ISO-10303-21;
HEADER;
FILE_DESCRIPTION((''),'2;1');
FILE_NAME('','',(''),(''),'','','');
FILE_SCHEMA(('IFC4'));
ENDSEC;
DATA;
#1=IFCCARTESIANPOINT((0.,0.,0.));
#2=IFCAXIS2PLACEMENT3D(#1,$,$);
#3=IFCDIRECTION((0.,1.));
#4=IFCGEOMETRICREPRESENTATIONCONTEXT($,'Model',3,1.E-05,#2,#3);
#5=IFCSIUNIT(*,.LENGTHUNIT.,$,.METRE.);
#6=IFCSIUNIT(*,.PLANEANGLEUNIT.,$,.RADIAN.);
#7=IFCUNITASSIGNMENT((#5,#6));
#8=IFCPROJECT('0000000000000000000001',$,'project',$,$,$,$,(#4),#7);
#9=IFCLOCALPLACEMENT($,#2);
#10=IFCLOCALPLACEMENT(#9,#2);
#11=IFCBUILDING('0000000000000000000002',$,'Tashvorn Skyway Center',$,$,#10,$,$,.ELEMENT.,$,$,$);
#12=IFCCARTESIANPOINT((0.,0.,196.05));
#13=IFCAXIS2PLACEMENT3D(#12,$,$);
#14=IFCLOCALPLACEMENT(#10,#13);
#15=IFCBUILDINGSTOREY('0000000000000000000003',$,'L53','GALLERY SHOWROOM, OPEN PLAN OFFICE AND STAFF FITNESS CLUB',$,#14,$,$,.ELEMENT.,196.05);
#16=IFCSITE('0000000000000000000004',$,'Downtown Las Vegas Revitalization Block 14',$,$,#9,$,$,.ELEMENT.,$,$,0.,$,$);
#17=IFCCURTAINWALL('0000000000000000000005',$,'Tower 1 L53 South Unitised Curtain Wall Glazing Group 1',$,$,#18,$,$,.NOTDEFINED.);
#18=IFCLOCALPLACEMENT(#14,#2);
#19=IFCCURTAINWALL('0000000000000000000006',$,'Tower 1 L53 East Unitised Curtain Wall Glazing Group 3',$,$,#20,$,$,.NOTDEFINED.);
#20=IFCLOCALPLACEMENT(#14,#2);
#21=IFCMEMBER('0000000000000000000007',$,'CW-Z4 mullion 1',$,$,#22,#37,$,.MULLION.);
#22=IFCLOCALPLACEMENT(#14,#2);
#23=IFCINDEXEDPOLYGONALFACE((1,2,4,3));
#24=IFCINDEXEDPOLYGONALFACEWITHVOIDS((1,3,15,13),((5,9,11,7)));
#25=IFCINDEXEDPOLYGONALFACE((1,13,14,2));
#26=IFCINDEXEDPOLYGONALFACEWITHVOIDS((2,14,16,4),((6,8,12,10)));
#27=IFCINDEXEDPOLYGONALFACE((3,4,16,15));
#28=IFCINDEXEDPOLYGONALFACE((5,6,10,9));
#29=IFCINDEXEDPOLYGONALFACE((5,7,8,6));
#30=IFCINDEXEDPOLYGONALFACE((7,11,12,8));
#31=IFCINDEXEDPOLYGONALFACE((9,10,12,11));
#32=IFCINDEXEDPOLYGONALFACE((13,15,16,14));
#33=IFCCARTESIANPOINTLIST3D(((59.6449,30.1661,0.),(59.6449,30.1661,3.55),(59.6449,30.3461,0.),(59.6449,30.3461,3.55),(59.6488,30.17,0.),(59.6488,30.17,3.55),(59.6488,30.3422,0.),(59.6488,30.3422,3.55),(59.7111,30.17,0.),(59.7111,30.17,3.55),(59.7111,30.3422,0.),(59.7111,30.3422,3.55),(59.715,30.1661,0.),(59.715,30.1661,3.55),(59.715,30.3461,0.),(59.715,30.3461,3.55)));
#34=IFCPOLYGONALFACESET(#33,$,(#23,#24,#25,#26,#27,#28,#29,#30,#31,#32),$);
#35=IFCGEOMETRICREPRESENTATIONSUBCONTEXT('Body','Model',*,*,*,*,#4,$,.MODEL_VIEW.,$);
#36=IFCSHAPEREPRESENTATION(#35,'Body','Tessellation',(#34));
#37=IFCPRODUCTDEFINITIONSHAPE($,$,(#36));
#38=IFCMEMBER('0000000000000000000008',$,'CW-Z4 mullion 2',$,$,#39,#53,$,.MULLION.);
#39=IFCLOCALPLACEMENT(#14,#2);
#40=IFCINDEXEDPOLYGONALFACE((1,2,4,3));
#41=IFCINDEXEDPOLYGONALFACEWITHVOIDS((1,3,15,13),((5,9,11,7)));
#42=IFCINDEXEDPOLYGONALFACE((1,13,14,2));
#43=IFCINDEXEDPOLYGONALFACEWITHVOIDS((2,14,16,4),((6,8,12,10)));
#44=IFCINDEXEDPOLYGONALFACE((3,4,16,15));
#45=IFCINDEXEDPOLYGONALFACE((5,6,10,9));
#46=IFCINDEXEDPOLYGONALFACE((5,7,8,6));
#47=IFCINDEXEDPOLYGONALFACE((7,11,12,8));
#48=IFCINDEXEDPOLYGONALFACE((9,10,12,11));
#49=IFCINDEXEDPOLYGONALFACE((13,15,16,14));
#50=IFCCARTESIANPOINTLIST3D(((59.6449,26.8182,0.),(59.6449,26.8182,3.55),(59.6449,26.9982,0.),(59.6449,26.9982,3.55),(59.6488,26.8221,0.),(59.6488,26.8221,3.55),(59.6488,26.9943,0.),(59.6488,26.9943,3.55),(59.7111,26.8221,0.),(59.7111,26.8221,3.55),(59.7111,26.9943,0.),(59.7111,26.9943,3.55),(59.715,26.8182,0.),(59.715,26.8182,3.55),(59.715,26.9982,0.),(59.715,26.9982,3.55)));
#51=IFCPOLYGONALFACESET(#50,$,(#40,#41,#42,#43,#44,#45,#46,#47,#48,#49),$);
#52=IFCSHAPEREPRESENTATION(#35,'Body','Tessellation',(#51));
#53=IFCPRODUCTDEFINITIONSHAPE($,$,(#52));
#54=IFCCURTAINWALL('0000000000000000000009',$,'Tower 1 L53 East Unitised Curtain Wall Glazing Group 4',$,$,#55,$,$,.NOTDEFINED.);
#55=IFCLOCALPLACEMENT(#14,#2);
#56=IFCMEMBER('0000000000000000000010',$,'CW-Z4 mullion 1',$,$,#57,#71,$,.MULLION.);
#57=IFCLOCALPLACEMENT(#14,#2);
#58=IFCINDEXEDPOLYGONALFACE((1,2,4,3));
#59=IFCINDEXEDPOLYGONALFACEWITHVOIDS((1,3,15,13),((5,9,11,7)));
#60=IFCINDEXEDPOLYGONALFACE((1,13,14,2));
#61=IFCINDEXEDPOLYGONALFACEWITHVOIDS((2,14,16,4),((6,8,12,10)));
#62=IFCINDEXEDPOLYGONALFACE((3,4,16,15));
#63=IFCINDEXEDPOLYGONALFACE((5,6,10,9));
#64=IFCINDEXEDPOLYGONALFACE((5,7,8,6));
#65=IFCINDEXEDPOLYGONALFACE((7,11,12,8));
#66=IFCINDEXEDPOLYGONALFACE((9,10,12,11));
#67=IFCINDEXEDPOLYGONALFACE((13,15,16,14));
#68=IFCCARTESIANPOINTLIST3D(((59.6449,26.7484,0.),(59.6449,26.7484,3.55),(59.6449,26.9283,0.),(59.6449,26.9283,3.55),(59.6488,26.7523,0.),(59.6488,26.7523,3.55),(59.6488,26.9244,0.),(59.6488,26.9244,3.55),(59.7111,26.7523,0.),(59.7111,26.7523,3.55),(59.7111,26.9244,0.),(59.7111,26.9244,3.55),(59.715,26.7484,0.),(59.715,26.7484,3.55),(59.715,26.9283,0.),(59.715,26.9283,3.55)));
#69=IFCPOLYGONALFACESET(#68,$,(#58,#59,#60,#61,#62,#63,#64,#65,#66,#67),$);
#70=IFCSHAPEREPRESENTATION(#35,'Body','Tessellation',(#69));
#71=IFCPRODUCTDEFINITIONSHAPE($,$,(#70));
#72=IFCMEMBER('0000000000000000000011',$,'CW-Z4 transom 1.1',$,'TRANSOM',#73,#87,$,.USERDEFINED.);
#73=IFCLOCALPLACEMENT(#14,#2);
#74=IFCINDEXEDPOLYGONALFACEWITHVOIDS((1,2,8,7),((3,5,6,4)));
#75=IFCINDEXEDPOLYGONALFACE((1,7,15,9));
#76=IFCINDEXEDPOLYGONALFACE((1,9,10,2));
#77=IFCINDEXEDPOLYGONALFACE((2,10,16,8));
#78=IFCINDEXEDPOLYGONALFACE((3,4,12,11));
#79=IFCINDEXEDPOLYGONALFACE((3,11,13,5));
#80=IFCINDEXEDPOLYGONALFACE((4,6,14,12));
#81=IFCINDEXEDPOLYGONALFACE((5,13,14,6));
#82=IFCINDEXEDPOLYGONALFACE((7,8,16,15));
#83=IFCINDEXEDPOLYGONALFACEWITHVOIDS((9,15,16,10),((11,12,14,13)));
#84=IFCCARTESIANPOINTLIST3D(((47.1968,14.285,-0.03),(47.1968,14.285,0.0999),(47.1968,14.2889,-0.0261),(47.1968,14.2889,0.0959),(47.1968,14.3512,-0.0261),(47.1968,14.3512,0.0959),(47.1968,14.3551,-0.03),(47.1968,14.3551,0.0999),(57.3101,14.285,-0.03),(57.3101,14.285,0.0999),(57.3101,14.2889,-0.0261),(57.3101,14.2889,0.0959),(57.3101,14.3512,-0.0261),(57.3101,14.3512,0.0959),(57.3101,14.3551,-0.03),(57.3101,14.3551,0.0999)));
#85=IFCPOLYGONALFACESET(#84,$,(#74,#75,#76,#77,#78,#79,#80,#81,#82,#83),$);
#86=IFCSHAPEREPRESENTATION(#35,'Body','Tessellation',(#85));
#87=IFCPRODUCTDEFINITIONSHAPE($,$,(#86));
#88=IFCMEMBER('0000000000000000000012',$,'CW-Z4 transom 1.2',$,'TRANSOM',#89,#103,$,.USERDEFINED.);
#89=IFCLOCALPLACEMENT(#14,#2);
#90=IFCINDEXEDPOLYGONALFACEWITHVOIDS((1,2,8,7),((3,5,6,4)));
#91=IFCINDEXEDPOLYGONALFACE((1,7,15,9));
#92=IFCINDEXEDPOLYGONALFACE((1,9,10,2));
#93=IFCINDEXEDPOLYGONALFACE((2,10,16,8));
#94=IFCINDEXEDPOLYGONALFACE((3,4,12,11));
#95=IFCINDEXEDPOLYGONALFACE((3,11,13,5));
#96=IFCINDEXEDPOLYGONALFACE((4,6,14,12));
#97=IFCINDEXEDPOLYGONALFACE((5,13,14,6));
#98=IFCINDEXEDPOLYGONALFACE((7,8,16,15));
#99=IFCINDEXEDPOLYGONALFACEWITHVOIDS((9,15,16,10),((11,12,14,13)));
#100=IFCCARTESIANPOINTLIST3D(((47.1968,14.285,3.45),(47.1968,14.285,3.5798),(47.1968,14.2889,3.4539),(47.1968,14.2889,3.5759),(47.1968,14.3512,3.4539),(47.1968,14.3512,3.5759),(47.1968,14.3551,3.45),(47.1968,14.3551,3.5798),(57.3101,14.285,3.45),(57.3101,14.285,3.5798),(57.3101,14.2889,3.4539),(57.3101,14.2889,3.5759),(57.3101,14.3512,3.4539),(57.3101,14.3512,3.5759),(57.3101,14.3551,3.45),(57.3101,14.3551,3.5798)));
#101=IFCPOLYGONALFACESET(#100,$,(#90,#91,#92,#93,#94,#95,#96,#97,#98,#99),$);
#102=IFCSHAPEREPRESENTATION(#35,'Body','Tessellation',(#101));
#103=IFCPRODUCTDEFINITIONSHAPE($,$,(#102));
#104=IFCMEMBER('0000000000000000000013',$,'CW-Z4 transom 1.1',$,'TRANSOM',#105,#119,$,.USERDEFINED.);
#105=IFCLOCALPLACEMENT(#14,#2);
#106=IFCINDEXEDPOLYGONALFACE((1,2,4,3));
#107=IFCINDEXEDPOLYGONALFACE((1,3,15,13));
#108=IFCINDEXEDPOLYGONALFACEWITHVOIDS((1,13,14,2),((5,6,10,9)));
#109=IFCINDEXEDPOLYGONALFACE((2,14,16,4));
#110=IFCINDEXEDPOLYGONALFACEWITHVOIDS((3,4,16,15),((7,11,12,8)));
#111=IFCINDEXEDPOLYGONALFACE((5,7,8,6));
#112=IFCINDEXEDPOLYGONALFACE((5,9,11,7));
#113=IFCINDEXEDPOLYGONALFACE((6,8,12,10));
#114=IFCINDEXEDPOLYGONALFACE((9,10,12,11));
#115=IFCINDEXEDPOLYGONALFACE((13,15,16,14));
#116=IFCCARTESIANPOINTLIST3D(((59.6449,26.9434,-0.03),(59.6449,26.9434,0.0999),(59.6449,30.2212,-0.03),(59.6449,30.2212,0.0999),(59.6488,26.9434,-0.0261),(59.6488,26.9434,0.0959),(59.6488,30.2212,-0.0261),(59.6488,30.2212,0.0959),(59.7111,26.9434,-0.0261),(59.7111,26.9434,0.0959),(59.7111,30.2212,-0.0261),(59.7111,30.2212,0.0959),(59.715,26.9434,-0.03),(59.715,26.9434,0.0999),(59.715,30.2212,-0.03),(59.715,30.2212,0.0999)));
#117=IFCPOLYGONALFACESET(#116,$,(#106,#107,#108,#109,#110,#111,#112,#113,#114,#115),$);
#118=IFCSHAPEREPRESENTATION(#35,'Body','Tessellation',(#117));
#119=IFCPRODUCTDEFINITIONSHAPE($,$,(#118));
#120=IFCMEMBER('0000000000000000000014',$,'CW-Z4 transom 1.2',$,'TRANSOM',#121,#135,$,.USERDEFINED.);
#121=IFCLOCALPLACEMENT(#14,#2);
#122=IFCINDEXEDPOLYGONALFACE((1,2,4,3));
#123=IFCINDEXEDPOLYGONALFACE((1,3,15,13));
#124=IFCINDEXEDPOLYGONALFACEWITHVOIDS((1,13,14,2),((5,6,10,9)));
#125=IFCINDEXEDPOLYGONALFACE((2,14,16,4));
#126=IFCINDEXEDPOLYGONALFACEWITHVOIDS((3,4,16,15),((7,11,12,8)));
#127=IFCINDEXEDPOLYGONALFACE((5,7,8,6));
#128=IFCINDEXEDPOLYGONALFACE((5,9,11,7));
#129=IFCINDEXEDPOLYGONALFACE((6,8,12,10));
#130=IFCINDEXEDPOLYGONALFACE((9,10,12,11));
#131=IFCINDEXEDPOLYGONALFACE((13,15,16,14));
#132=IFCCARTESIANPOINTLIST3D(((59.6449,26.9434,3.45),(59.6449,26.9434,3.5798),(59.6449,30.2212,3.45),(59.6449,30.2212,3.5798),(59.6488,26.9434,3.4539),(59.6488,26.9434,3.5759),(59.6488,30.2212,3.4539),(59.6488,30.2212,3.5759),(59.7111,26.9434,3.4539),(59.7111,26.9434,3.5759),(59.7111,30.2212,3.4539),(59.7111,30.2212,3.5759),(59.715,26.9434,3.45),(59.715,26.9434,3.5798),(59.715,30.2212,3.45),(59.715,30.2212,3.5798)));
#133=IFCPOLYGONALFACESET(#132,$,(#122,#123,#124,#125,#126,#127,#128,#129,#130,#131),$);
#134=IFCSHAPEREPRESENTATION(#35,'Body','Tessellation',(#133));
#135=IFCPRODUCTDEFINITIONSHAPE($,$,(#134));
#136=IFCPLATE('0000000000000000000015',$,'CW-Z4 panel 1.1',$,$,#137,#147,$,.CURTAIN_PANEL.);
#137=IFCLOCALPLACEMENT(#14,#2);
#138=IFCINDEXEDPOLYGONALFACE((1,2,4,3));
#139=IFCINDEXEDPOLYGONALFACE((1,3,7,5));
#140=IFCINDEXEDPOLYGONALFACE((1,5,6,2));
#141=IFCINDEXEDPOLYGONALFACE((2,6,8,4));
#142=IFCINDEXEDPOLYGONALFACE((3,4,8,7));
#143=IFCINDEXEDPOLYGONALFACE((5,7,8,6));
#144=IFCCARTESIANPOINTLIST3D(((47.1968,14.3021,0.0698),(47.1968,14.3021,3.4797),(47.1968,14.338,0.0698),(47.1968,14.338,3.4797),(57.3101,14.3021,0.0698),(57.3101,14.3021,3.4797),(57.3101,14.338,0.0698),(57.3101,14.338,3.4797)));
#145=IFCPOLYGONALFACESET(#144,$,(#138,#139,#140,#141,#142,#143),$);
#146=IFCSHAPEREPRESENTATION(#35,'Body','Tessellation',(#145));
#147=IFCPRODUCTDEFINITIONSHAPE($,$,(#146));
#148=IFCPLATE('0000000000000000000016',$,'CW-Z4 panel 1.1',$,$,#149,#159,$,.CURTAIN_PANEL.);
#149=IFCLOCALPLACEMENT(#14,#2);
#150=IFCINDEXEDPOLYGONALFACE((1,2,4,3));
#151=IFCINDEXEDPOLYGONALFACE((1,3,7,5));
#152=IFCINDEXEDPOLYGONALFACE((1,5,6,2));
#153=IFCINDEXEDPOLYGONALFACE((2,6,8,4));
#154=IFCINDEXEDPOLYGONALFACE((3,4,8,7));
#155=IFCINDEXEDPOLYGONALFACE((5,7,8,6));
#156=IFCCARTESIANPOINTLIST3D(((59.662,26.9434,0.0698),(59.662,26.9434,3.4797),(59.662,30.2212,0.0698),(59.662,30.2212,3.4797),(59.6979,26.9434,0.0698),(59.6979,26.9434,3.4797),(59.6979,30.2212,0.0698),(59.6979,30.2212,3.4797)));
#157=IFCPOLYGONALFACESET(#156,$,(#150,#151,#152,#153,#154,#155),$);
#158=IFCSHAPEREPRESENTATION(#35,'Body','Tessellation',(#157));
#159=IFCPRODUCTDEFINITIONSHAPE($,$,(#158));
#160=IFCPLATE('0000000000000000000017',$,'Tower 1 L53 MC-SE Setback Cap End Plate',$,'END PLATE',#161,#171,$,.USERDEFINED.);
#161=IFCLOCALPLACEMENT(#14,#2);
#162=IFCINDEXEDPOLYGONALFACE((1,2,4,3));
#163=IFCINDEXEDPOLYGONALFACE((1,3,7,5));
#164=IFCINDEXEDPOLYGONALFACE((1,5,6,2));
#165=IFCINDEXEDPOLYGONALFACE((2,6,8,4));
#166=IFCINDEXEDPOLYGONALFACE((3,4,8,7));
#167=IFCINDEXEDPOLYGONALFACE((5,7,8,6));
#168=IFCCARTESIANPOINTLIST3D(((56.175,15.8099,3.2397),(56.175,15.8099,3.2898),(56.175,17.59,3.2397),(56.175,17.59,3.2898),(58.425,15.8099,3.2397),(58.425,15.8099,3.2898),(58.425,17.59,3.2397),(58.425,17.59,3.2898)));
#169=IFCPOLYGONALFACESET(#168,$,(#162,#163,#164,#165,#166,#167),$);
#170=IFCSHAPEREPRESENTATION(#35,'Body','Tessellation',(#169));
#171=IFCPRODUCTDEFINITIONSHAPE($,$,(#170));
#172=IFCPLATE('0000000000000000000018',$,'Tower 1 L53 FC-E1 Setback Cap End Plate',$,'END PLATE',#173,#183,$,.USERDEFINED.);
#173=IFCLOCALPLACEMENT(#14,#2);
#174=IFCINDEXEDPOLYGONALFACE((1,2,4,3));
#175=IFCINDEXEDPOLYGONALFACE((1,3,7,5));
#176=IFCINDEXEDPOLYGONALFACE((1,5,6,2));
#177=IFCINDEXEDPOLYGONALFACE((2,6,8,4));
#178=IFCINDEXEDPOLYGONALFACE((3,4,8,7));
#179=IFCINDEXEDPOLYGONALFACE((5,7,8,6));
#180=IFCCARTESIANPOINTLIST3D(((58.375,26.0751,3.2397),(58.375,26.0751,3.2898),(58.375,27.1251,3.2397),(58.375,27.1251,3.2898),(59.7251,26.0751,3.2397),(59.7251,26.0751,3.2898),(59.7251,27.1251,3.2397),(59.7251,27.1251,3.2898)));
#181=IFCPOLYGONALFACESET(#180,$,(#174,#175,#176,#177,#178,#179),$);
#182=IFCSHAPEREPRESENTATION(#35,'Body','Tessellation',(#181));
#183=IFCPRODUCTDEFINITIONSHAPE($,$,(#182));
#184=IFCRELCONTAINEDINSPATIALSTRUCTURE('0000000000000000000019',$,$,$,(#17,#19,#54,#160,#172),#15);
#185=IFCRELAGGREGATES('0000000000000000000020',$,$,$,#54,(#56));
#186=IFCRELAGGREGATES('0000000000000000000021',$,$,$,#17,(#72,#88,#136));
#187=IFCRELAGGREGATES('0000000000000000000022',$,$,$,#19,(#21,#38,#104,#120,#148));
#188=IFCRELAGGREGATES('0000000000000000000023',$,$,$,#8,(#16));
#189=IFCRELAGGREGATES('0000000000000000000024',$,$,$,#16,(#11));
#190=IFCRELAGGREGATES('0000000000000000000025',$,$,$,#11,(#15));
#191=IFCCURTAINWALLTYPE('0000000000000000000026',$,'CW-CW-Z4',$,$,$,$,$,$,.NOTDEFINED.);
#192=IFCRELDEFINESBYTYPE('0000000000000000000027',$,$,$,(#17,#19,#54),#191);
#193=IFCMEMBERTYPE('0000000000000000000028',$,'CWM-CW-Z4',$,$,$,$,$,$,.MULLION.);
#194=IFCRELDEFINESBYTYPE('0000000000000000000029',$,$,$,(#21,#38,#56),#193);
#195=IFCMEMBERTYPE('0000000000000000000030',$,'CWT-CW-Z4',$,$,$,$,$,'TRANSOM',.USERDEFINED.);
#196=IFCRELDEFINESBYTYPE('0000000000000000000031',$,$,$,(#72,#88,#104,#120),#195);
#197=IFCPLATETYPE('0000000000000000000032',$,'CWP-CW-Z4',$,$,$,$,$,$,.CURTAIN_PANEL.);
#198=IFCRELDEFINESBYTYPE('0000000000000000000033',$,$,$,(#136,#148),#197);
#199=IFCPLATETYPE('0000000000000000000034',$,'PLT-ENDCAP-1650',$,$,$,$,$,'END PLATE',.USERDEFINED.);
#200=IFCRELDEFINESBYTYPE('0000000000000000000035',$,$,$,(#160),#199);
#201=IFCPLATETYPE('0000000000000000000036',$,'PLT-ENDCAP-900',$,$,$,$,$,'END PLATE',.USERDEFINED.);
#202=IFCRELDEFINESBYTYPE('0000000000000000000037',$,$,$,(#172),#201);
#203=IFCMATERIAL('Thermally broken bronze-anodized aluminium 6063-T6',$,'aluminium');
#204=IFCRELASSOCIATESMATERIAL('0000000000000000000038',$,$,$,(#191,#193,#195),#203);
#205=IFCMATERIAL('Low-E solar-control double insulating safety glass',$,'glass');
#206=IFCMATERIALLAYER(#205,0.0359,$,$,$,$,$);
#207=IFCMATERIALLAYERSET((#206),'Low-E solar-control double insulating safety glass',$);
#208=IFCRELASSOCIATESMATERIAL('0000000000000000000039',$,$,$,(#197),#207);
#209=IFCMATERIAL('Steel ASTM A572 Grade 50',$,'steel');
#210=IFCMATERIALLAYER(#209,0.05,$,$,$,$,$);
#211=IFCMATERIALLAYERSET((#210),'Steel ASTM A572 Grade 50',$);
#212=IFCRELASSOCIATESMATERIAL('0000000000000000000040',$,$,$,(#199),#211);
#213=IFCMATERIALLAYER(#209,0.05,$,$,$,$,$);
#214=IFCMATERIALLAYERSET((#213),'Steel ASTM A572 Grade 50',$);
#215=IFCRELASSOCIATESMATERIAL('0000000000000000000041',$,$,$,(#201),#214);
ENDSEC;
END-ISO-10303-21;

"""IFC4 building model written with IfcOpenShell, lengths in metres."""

from ifc_helpers import new_model, si_unit, direction, frame, origin, origin_2d, place, context, subcontext, project, spatial, rectangle, hollow_rectangle, extrude, material, layer, layer_set, material_profile, profile_set, type_object, element, aggregate, save


model = new_model("IFC4")

# Units and contexts
model_context = context("Model", 3, precision=1e-05, world=origin(), true_north=direction((0.0, 1.0)))
body_context = subcontext(model_context, "Body", "Model", "MODEL_VIEW")
ifc_project = project(units=[si_unit("LENGTHUNIT", "METRE"), si_unit("PLANEANGLEUNIT", "RADIAN")], contexts=[model_context])

# Site, building, storey
site_placement = place(None, origin())
site = spatial("IfcSite", under=ifc_project, at=site_placement, Name="Downtown Las Vegas Revitalization Block 14", CompositionType="ELEMENT", RefElevation=0.0)
building_placement = place(site_placement, origin())
building = spatial("IfcBuilding", under=site, at=building_placement, Name="Tashvorn Skyway Center", CompositionType="ELEMENT")
storey_placement = place(building_placement, frame((0.0, 0.0, 196.05)))
storey = spatial("IfcBuildingStorey", under=building, at=storey_placement, Name="L53", Description="GALLERY SHOWROOM, OPEN PLAN OFFICE AND STAFF FITNESS CLUB", CompositionType="ELEMENT", Elevation=196.05)

# Shared definitions
ifc_material_1 = material(Name="Steel ASTM A572 Grade 50", Category="steel")

# Curtain wall
ifc_material_2 = material(Name="Thermally broken bronze-anodized aluminium 6063-T6", Category="aluminium")
curtain_wall_type = type_object("IfcCurtainWallType", Name="CW-CW-Z4", PredefinedType="NOTDEFINED", material=ifc_material_2)
curtain_wall_1_placement = place(storey_placement, origin())
curtain_wall_1 = element("IfcCurtainWall", 1, at=curtain_wall_1_placement, inside=storey, type_object=curtain_wall_type, Name="Tower 1 L53 South Unitised Curtain Wall Glazing Group 1", PredefinedType="NOTDEFINED")
ifc_material_profile_1 = material_profile(ifc_material_2, hollow_rectangle(XDim=0.0701, YDim=0.1799, WallThickness=0.0039, at=origin_2d()), Name="ALU-MULL-70x180")
ifc_profile_set_1 = profile_set([ifc_material_profile_1], Name="Thermally broken bronze-anodized aluminium 6063-T6")
member_type_1 = type_object("IfcMemberType", Name="CWM-CW-Z4", PredefinedType="MULLION", material=ifc_profile_set_1)

# Curtain wall, members
curtain_wall_2_placement = place(storey_placement, origin())
curtain_wall_2 = element("IfcCurtainWall", 2, at=curtain_wall_2_placement, inside=storey, type_object=curtain_wall_type, Name="Tower 1 L53 East Unitised Curtain Wall Glazing Group 3", PredefinedType="NOTDEFINED")
member_1_placement = place(storey_placement, frame((59.6799, 30.2561, 0.0), z_axis=(0.0, 0.0, 1.0), x_axis=(1.0, 0.0, 0.0)))
member_1 = element("IfcMember", 3, at=member_1_placement, type_object=member_type_1, Name="CW-Z4 mullion 1", PredefinedType="MULLION", context=body_context, shape_type="SweptSolid", body=[
    extrude(hollow_rectangle(XDim=0.0701, YDim=0.1799, WallThickness=0.0039, at=origin_2d()), origin(), (0.0, 0.0, 1.0), 3.55),
])
member_2_placement = place(storey_placement, frame((59.6799, 26.9082, 0.0), z_axis=(0.0, 0.0, 1.0), x_axis=(1.0, 0.0, 0.0)))
member_2 = element("IfcMember", 4, at=member_2_placement, type_object=member_type_1, Name="CW-Z4 mullion 2", PredefinedType="MULLION", context=body_context, shape_type="SweptSolid", body=[
    extrude(hollow_rectangle(XDim=0.0701, YDim=0.1799, WallThickness=0.0039, at=origin_2d()), origin(), (0.0, 0.0, 1.0), 3.55),
])

# Curtain wall, member
curtain_wall_3_placement = place(storey_placement, origin())
curtain_wall_3 = element("IfcCurtainWall", 5, at=curtain_wall_3_placement, inside=storey, type_object=curtain_wall_type, Name="Tower 1 L53 East Unitised Curtain Wall Glazing Group 4", PredefinedType="NOTDEFINED")
member_3_placement = place(storey_placement, frame((59.6799, 26.8384, 0.0), z_axis=(0.0, 0.0, 1.0), x_axis=(1.0, 0.0, 0.0)))
member_3 = element("IfcMember", 6, at=member_3_placement, type_object=member_type_1, Name="CW-Z4 mullion 1", PredefinedType="MULLION", context=body_context, shape_type="SweptSolid", body=[
    extrude(hollow_rectangle(XDim=0.0701, YDim=0.1799, WallThickness=0.0039, at=origin_2d()), origin(), (0.0, 0.0, 1.0), 3.55),
])
aggregate(curtain_wall_3, [member_3])

# Members
ifc_material_profile_2 = material_profile(ifc_material_2, hollow_rectangle(XDim=0.0701, YDim=0.1299, WallThickness=0.0039, at=origin_2d()), Name="ALU-TRAN-70x130")
ifc_profile_set_2 = profile_set([ifc_material_profile_2], Name="Thermally broken bronze-anodized aluminium 6063-T6")
member_type_2 = type_object("IfcMemberType", Name="CWT-CW-Z4", ElementType="TRANSOM", PredefinedType="USERDEFINED", material=ifc_profile_set_2)
member_4_placement = place(storey_placement, frame((57.3101, 14.3201, 0.0349), z_axis=(-1.0, 0.0, 0.0), x_axis=(0.0, -1.0, 0.0)))
member_4 = element("IfcMember", 7, at=member_4_placement, type_object=member_type_2, Name="CW-Z4 transom 1.1", ObjectType="TRANSOM", PredefinedType="USERDEFINED", context=body_context, shape_type="SweptSolid", body=[
    extrude(hollow_rectangle(XDim=0.0701, YDim=0.1299, WallThickness=0.0039, at=origin_2d()), origin(), (0.0, 0.0, 1.0), 10.1133),
])
member_5_placement = place(storey_placement, frame((57.3101, 14.3201, 3.5149), z_axis=(-1.0, 0.0, 0.0), x_axis=(0.0, -1.0, 0.0)))
member_5 = element("IfcMember", 8, at=member_5_placement, type_object=member_type_2, Name="CW-Z4 transom 1.2", ObjectType="TRANSOM", PredefinedType="USERDEFINED", context=body_context, shape_type="SweptSolid", body=[
    extrude(hollow_rectangle(XDim=0.0701, YDim=0.1299, WallThickness=0.0039, at=origin_2d()), origin(), (0.0, 0.0, 1.0), 10.1133),
])
member_6_placement = place(storey_placement, frame((59.6799, 30.2212, 0.0349), z_axis=(0.0, -1.0, 0.0), x_axis=(1.0, 0.0, 0.0)))
member_6 = element("IfcMember", 9, at=member_6_placement, type_object=member_type_2, Name="CW-Z4 transom 1.1", ObjectType="TRANSOM", PredefinedType="USERDEFINED", context=body_context, shape_type="SweptSolid", body=[
    extrude(hollow_rectangle(XDim=0.0701, YDim=0.1299, WallThickness=0.0039, at=origin_2d()), origin(), (0.0, 0.0, 1.0), 3.2778),
])
member_7_placement = place(storey_placement, frame((59.6799, 30.2212, 3.5149), z_axis=(0.0, -1.0, 0.0), x_axis=(1.0, 0.0, 0.0)))
member_7 = element("IfcMember", 10, at=member_7_placement, type_object=member_type_2, Name="CW-Z4 transom 1.2", ObjectType="TRANSOM", PredefinedType="USERDEFINED", context=body_context, shape_type="SweptSolid", body=[
    extrude(hollow_rectangle(XDim=0.0701, YDim=0.1299, WallThickness=0.0039, at=origin_2d()), origin(), (0.0, 0.0, 1.0), 3.2778),
])

# Plates
ifc_material_3 = material(Name="Low-E solar-control double insulating safety glass", Category="glass")
ifc_layer_1 = layer(ifc_material_3, 0.0359)
ifc_layer_set_1 = layer_set([ifc_layer_1], Name="Low-E solar-control double insulating safety glass")
plate_type_1 = type_object("IfcPlateType", Name="CWP-CW-Z4", PredefinedType="CURTAIN_PANEL", material=ifc_layer_set_1)
plate_1_placement = place(storey_placement, frame((52.2534, 14.3201, 0.0698), z_axis=(0.0, 0.0, 1.0), x_axis=(-1.0, 0.0, 0.0)))
plate_1 = element("IfcPlate", 11, at=plate_1_placement, type_object=plate_type_1, Name="CW-Z4 panel 1.1", PredefinedType="CURTAIN_PANEL", context=body_context, shape_type="SweptSolid", body=[
    extrude(rectangle(XDim=10.1133, YDim=0.0359, at=origin_2d()), origin(), (0.0, 0.0, 1.0), 3.4099),
])
aggregate(curtain_wall_1, [member_4, member_5, plate_1])
plate_2_placement = place(storey_placement, frame((59.6799, 28.5823, 0.0698), z_axis=(0.0, 0.0, 1.0), x_axis=(0.0, -1.0, 0.0)))
plate_2 = element("IfcPlate", 12, at=plate_2_placement, type_object=plate_type_1, Name="CW-Z4 panel 1.1", PredefinedType="CURTAIN_PANEL", context=body_context, shape_type="SweptSolid", body=[
    extrude(rectangle(XDim=3.2778, YDim=0.0359, at=origin_2d()), origin(), (0.0, 0.0, 1.0), 3.4099),
])
aggregate(curtain_wall_2, [member_1, member_2, member_6, member_7, plate_2])

# Plates
ifc_layer_2 = layer(ifc_material_1, 0.05)
ifc_layer_set_2 = layer_set([ifc_layer_2], Name="Steel ASTM A572 Grade 50")
plate_type_2 = type_object("IfcPlateType", Name="PLT-ENDCAP-1650", ElementType="END PLATE", PredefinedType="USERDEFINED", material=ifc_layer_set_2)
plate_3_placement = place(storey_placement, frame((57.3, 16.7, 3.2397), z_axis=(0.0, 0.0, 1.0), x_axis=(1.0, 0.0, 0.0)))
element("IfcPlate", 13, at=plate_3_placement, inside=storey, type_object=plate_type_2, Name="Tower 1 L53 MC-SE Setback Cap End Plate", ObjectType="END PLATE", PredefinedType="USERDEFINED", context=body_context, shape_type="SweptSolid", body=[
    extrude(rectangle(XDim=2.25, YDim=1.78, at=origin_2d()), origin(), (0.0, 0.0, 1.0), 0.05),
])
ifc_layer_3 = layer(ifc_material_1, 0.05)
ifc_layer_set_3 = layer_set([ifc_layer_3], Name="Steel ASTM A572 Grade 50")
plate_type_3 = type_object("IfcPlateType", Name="PLT-ENDCAP-900", ElementType="END PLATE", PredefinedType="USERDEFINED", material=ifc_layer_set_3)
plate_4_placement = place(storey_placement, frame((59.05, 26.6001, 3.2397), z_axis=(0.0, 0.0, 1.0), x_axis=(1.0, 0.0, 0.0)))
element("IfcPlate", 14, at=plate_4_placement, inside=storey, type_object=plate_type_3, Name="Tower 1 L53 FC-E1 Setback Cap End Plate", ObjectType="END PLATE", PredefinedType="USERDEFINED", context=body_context, shape_type="SweptSolid", body=[
    extrude(rectangle(XDim=1.3501, YDim=1.05, at=origin_2d()), origin(), (0.0, 0.0, 1.0), 0.05),
])

save(model, "model.ifc")
